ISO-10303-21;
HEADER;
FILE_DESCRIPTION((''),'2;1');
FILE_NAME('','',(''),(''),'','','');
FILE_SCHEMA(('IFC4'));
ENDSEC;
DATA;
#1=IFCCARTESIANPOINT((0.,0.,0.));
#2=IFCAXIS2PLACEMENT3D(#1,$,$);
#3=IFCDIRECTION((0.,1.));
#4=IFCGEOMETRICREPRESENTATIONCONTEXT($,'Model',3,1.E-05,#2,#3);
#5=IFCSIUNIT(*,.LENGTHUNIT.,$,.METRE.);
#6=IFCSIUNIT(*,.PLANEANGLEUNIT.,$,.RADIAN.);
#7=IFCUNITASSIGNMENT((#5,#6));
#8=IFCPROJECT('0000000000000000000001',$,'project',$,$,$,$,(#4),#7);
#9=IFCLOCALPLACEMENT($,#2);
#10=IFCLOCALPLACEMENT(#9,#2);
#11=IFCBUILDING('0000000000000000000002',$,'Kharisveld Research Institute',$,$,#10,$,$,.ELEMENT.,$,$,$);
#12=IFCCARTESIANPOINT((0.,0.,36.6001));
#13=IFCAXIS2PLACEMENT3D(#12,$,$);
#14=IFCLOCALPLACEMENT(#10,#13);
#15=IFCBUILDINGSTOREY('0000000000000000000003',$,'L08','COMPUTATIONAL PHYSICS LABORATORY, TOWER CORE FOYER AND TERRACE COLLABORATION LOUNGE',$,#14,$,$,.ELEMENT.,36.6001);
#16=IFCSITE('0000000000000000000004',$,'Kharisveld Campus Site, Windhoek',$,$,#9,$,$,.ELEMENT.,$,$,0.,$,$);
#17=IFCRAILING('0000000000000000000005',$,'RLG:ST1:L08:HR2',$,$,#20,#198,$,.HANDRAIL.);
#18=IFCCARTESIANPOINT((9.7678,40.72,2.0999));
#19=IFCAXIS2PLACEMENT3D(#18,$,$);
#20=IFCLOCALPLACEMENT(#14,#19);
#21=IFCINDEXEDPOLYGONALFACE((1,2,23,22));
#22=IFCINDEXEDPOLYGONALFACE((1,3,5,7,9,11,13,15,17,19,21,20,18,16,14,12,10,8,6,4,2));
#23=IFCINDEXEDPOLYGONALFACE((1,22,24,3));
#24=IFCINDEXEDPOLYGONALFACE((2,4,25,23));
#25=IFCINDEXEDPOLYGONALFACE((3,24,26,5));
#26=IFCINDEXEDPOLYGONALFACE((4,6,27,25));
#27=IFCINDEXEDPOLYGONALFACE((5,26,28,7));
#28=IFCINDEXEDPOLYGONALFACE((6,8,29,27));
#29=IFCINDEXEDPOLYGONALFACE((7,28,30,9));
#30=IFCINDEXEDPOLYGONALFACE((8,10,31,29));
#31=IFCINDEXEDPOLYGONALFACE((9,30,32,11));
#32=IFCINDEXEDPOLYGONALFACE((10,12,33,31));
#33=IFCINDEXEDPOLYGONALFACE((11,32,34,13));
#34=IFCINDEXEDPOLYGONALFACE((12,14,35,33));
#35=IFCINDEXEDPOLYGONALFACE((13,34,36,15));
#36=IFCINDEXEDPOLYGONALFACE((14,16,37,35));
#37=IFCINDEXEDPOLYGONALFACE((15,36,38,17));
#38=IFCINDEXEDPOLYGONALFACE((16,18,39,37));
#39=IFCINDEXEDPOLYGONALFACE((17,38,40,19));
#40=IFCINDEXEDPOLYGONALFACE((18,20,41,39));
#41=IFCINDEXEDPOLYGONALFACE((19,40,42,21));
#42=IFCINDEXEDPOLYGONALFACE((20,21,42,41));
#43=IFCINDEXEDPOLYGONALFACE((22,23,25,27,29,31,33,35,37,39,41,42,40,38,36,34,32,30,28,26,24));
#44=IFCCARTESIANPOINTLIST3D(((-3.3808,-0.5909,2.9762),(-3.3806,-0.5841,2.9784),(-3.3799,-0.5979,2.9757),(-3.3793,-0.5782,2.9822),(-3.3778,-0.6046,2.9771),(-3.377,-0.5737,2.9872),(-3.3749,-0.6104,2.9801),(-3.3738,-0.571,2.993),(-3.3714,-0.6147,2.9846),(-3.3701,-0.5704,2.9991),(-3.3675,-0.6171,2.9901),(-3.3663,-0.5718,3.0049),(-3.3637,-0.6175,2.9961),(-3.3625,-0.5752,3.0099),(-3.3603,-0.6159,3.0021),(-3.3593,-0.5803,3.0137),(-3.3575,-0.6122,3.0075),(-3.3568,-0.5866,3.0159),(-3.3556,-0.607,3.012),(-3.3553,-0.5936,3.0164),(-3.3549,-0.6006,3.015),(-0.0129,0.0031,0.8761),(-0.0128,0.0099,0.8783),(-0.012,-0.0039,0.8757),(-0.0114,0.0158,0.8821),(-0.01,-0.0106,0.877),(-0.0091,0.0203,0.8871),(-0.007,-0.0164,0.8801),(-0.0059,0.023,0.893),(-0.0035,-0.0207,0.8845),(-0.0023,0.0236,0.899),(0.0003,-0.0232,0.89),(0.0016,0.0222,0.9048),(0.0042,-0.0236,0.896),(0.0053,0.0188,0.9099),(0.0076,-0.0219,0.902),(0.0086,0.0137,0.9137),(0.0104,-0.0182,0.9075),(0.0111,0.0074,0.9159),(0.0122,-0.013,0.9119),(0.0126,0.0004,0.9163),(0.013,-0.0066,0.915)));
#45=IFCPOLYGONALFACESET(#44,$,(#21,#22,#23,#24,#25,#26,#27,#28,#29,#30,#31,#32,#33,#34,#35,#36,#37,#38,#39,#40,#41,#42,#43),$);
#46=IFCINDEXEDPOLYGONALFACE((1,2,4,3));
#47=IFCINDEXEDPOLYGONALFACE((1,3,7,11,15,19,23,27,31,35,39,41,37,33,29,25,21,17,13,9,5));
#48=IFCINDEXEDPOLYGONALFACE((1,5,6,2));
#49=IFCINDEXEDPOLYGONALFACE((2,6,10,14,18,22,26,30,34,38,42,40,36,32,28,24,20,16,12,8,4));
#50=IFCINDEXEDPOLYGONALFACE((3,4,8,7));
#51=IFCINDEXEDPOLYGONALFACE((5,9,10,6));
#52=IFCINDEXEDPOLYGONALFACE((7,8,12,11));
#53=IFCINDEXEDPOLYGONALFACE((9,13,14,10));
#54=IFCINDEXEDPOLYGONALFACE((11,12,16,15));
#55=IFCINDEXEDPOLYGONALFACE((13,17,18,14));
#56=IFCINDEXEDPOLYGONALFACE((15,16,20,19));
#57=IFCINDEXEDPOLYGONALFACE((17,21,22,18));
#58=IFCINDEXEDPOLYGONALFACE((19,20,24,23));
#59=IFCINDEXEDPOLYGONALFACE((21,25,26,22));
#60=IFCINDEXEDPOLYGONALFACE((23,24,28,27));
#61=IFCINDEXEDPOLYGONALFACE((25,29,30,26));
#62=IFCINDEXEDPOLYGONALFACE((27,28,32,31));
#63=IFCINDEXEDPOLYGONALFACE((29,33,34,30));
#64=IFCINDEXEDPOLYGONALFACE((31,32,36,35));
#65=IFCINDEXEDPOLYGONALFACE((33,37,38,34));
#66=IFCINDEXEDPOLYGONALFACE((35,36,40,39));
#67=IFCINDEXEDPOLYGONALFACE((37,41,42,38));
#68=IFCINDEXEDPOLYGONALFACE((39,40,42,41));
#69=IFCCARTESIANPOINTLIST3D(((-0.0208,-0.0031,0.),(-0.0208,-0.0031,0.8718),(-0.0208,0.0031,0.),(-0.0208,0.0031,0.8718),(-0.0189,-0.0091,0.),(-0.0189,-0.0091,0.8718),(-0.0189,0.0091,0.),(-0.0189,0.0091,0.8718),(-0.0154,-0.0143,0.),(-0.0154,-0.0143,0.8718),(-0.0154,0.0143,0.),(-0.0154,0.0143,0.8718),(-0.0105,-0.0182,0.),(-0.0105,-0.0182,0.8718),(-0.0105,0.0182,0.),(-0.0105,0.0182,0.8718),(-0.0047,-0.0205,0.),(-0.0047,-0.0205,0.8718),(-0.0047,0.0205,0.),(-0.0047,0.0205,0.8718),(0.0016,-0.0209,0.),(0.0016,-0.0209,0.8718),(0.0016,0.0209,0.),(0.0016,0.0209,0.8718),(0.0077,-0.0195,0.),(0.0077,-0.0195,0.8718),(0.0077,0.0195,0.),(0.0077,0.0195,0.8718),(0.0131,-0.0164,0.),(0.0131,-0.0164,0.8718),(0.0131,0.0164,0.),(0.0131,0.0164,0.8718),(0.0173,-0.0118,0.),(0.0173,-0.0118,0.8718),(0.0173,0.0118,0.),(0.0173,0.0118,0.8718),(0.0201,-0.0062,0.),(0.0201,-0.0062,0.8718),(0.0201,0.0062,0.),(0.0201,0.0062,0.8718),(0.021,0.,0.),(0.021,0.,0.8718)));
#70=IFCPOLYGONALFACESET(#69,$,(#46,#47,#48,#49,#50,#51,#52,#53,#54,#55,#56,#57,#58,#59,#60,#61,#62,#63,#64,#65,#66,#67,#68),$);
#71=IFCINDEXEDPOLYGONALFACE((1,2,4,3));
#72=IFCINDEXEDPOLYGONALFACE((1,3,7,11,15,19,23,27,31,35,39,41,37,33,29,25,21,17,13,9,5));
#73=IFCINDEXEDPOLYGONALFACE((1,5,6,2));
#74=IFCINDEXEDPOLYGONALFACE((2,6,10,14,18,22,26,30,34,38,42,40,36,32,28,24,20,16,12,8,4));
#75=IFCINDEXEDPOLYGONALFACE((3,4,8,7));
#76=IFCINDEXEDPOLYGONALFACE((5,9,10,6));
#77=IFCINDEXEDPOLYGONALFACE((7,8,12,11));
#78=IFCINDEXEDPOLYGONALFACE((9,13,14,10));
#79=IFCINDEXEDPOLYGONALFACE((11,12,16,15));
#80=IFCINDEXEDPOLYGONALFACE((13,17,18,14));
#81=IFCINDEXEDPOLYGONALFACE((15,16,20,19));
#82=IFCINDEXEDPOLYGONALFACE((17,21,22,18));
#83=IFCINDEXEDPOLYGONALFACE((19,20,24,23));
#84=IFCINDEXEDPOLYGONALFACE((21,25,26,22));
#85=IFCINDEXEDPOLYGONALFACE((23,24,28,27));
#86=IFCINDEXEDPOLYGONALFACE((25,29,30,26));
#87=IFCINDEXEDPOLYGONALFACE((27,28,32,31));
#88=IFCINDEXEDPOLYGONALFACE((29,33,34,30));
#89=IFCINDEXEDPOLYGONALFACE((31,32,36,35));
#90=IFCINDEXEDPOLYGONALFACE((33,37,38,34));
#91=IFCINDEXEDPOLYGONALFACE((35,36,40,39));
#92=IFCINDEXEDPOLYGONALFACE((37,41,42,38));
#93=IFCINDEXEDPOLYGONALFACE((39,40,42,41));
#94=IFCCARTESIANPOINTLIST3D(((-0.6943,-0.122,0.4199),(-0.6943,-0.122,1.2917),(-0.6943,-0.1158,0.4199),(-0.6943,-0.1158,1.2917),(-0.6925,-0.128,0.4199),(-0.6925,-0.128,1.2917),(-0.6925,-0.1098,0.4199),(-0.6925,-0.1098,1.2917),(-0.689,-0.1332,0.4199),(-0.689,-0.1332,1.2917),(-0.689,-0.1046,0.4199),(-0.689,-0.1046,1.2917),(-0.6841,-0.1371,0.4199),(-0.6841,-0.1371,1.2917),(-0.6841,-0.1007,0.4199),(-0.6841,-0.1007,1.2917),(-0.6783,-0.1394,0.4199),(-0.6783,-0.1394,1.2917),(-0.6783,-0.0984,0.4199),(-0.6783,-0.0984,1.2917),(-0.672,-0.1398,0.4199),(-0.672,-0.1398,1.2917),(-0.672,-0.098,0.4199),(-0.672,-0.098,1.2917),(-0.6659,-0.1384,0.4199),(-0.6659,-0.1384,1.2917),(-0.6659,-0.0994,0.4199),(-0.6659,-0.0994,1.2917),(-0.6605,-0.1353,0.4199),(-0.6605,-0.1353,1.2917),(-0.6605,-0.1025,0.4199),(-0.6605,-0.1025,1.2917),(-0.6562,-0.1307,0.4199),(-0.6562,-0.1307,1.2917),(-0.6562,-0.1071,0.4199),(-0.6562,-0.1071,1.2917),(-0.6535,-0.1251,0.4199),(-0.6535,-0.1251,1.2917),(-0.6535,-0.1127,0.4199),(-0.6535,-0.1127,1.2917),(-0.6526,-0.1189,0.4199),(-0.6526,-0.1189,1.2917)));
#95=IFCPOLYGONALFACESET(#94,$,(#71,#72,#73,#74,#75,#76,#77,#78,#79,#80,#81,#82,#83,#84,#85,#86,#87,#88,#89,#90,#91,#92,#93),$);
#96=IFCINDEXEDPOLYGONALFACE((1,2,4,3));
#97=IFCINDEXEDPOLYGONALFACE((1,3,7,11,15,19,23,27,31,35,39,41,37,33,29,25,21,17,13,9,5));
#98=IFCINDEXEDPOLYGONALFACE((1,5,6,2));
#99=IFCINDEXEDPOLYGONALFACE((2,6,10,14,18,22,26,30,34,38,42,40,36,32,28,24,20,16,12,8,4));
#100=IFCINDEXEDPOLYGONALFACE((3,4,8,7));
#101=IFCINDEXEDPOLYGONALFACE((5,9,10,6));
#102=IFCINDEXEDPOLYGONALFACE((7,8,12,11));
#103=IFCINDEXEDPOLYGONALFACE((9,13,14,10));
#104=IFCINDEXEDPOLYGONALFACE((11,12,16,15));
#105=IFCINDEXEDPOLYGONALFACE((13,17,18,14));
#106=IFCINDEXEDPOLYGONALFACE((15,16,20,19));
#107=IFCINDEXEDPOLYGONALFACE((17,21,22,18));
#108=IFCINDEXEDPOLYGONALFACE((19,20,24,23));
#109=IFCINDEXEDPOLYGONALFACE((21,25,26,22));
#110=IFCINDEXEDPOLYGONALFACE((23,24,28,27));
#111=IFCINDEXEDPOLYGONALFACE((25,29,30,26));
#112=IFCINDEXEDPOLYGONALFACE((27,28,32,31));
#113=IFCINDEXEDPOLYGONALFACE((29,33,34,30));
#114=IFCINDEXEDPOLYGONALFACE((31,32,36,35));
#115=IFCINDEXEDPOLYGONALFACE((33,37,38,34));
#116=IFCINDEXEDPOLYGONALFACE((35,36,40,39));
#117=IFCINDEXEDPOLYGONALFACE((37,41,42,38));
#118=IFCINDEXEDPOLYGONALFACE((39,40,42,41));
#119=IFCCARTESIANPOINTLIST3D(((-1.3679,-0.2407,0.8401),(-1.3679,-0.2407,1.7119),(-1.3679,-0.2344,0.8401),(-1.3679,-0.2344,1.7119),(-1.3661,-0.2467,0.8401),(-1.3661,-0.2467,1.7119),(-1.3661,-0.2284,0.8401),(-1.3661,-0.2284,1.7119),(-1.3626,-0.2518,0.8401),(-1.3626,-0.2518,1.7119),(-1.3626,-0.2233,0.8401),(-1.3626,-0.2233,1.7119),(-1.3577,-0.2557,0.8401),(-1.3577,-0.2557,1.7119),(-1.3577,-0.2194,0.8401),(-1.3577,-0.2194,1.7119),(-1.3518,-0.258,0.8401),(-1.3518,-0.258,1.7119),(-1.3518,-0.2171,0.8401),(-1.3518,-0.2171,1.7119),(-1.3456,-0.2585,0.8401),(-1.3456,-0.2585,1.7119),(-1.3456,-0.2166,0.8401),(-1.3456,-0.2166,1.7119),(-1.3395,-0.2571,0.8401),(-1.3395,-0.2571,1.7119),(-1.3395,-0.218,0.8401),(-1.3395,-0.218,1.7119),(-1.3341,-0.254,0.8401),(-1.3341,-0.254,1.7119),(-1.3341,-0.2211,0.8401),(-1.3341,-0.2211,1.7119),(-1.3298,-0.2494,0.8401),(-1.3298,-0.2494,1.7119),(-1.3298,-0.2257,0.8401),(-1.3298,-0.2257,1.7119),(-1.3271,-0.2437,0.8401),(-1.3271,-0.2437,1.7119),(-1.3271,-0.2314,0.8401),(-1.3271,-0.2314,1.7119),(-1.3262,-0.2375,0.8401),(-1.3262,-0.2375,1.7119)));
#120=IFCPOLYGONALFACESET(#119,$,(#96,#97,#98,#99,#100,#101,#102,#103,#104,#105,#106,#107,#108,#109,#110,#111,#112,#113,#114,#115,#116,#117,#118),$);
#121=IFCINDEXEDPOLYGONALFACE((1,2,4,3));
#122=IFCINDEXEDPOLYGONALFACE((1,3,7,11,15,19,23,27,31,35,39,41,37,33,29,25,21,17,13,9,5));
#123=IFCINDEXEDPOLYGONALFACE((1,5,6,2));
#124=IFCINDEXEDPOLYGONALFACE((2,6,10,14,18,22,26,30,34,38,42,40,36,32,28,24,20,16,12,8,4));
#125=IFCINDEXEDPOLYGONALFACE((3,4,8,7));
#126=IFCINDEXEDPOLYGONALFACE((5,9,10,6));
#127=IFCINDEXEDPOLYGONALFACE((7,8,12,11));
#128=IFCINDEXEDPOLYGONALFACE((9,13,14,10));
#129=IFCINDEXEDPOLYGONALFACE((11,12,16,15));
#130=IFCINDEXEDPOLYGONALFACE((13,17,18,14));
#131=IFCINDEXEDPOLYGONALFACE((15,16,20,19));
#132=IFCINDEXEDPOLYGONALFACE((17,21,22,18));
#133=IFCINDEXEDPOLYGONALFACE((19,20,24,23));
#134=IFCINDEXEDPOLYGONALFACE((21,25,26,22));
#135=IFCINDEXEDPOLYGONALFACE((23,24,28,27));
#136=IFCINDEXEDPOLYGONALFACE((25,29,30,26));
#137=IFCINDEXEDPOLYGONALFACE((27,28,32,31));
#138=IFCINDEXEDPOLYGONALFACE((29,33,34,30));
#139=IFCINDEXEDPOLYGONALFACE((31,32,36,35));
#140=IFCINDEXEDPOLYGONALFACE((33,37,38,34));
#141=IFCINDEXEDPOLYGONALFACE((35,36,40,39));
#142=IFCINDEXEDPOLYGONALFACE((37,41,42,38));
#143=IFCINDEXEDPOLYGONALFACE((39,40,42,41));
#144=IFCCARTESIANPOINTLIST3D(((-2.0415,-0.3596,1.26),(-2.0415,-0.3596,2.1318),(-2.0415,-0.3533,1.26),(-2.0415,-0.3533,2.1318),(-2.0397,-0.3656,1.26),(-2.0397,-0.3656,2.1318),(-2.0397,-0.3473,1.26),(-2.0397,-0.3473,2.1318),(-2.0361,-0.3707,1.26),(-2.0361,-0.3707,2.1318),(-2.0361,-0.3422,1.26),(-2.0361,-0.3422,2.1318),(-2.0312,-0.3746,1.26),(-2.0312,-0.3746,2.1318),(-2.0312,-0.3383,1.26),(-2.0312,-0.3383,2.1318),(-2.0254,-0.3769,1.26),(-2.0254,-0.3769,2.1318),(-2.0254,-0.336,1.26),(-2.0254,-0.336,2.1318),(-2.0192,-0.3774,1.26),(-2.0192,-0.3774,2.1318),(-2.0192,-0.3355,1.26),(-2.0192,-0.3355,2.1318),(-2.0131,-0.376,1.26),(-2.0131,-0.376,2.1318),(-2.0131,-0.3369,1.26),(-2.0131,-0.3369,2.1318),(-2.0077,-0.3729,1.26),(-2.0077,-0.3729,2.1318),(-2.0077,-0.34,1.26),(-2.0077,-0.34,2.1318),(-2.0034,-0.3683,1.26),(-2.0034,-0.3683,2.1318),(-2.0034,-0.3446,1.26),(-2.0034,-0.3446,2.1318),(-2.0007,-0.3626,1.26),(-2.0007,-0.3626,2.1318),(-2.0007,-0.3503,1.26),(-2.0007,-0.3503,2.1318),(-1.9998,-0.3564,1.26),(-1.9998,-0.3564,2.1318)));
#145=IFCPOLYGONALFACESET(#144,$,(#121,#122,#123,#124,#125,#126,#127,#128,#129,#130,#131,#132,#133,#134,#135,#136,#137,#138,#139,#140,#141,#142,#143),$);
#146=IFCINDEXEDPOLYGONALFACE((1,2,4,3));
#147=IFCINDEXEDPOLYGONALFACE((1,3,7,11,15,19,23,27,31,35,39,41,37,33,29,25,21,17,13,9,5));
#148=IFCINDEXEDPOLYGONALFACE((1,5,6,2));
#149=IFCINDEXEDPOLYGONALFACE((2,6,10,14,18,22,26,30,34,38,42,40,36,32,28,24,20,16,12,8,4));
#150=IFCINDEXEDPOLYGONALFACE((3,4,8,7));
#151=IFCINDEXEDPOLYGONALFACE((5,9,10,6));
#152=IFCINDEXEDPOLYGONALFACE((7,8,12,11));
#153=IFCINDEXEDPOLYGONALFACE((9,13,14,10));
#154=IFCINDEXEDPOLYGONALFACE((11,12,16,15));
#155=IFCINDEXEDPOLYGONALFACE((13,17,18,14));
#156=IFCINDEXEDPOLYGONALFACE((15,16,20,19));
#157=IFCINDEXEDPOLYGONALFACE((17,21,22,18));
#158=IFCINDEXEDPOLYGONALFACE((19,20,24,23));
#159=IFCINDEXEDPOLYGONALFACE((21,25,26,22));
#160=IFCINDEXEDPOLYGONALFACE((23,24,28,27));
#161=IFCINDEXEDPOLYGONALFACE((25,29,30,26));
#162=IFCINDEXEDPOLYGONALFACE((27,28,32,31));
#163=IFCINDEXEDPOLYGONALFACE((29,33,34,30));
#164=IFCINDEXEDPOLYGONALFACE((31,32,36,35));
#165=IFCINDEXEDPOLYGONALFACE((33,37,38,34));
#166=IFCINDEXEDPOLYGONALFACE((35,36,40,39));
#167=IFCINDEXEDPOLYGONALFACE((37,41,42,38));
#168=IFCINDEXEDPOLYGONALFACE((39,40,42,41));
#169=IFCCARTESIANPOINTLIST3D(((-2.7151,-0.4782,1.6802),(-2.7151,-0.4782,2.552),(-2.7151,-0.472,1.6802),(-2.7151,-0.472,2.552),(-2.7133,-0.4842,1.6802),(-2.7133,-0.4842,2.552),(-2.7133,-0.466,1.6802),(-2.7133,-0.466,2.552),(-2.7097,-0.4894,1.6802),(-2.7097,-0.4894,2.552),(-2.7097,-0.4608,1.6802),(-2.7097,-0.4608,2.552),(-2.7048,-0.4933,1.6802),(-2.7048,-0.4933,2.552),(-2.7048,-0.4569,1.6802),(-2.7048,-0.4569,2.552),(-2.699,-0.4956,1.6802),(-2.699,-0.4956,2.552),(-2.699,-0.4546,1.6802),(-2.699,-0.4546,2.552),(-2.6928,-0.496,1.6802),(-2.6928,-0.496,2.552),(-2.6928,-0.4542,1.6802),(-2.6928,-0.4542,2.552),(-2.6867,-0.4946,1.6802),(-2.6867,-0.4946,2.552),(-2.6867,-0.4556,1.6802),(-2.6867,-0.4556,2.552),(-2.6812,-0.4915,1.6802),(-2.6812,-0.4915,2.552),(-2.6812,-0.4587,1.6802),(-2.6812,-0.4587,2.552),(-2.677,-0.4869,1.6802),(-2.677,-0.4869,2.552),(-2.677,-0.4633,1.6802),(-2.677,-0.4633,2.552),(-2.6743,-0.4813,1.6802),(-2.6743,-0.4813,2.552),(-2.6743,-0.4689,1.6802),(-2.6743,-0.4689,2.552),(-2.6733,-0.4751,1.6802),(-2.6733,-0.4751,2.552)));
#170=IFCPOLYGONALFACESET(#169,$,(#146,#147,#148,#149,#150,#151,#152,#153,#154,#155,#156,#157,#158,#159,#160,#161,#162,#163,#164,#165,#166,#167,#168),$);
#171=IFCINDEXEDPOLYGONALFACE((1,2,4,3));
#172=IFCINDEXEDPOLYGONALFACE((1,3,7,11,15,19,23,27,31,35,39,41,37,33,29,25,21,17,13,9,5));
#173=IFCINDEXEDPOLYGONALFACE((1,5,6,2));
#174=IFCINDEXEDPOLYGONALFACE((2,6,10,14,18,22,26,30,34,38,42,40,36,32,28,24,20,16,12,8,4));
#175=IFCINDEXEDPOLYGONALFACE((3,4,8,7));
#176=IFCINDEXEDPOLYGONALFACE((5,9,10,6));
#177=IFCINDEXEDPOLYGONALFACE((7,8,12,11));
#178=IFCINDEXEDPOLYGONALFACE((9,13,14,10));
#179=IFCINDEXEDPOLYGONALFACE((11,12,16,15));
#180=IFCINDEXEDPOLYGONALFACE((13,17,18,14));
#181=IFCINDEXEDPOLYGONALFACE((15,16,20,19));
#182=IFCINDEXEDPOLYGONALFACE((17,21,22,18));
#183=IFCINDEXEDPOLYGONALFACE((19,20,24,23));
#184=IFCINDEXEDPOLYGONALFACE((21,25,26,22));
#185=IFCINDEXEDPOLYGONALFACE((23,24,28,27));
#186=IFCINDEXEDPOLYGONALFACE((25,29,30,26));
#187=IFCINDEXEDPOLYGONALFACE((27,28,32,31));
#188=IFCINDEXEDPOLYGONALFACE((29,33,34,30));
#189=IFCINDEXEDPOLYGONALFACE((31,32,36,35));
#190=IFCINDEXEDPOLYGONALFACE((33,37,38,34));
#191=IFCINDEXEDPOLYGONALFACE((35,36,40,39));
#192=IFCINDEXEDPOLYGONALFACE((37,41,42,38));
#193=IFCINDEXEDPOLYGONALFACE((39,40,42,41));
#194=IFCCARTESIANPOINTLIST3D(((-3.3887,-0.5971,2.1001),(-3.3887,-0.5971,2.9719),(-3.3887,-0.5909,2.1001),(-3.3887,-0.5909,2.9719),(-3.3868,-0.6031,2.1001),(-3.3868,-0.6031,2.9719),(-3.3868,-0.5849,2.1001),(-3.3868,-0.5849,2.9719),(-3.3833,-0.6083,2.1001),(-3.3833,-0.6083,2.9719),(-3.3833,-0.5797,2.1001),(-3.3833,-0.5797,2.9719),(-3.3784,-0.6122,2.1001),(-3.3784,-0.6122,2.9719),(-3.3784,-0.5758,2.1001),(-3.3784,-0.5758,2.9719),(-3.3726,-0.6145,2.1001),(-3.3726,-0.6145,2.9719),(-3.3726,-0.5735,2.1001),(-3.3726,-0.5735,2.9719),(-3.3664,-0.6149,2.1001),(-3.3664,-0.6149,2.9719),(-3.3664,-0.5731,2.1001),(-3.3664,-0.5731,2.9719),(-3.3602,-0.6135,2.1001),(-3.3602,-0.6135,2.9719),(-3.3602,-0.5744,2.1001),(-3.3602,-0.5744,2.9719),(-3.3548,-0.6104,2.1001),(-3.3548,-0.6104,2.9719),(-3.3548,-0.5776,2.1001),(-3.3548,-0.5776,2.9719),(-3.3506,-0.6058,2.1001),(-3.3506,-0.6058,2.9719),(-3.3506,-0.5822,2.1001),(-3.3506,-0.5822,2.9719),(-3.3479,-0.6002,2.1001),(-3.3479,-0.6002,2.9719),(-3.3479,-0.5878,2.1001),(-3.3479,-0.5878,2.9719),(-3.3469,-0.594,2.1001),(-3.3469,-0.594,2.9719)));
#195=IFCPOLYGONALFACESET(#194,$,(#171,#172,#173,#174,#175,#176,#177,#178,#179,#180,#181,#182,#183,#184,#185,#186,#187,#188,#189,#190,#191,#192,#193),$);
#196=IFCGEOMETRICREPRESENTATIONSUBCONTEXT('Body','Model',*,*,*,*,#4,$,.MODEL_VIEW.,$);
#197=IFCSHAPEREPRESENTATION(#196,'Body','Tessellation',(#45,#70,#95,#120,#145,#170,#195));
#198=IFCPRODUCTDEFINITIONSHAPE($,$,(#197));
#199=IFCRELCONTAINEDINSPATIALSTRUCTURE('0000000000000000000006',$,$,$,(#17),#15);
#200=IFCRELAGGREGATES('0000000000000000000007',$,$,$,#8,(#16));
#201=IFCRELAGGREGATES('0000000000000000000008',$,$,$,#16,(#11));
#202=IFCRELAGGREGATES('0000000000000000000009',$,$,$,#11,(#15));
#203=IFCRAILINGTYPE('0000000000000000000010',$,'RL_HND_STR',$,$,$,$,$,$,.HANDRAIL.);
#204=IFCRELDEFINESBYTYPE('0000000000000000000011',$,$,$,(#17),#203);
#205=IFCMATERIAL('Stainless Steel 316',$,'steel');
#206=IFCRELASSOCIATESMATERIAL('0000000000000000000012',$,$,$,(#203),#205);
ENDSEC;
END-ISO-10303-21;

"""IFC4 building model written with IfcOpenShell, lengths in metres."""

from ifc_helpers import new_model, si_unit, direction, frame, origin, origin_2d, place, context, subcontext, project, spatial, circle, extrude, material, type_object, element, save


model = new_model("IFC4")

# Units and contexts
model_context = context("Model", 3, precision=1e-05, world=origin(), true_north=direction((0.0, 1.0)))
body_context = subcontext(model_context, "Body", "Model", "MODEL_VIEW")
ifc_project = project(units=[si_unit("LENGTHUNIT", "METRE"), si_unit("PLANEANGLEUNIT", "RADIAN")], contexts=[model_context])

# Site, building, storey
site_placement = place(None, origin())
site = spatial("IfcSite", under=ifc_project, at=site_placement, Name="Kharisveld Campus Site, Windhoek", CompositionType="ELEMENT", RefElevation=0.0)
building_placement = place(site_placement, origin())
building = spatial("IfcBuilding", under=site, at=building_placement, Name="Kharisveld Research Institute", CompositionType="ELEMENT")
storey_placement = place(building_placement, frame((0.0, 0.0, 36.6001)))
storey = spatial("IfcBuildingStorey", under=building, at=storey_placement, Name="L08", Description="COMPUTATIONAL PHYSICS LABORATORY, TOWER CORE FOYER AND TERRACE COLLABORATION LOUNGE", CompositionType="ELEMENT", Elevation=36.6001)

# Railing
ifc_material_1 = material(Name="Stainless Steel 316", Category="steel")
railing_type = type_object("IfcRailingType", Name="RL_HND_STR", PredefinedType="HANDRAIL", material=ifc_material_1)
railing_placement = place(storey_placement, frame((9.7678, 40.72, 2.0999)))
element("IfcRailing", 1, at=railing_placement, inside=storey, type_object=railing_type, Name="RLG:ST1:L08:HR2", PredefinedType="HANDRAIL", context=body_context, shape_type="SweptSolid", body=[
    extrude(circle(Radius=0.0239, at=origin_2d()), frame((0.0, 0.0, 0.896), z_axis=(-0.839201, -0.148008, 0.523292), x_axis=(0.173688, -0.984801, 0.0)), (0.0, 0.0, 1.0), 4.0132),
    extrude(circle(Radius=0.021, at=origin_2d()), origin(), (0.0, 0.0, 1.0), 0.8718),
    extrude(circle(Radius=0.021, at=origin_2d()), frame((-0.6736, -0.1189, 0.4199)), (0.0, 0.0, 1.0), 0.8718),
    extrude(circle(Radius=0.021, at=origin_2d()), frame((-1.3472, -0.2375, 0.8401)), (0.0, 0.0, 1.0), 0.8718),
    extrude(circle(Radius=0.021, at=origin_2d()), frame((-2.0208, -0.3564, 1.26)), (0.0, 0.0, 1.0), 0.8718),
    extrude(circle(Radius=0.021, at=origin_2d()), frame((-2.6943, -0.4751, 1.6802)), (0.0, 0.0, 1.0), 0.8718),
    extrude(circle(Radius=0.021, at=origin_2d()), frame((-3.3679, -0.594, 2.1001)), (0.0, 0.0, 1.0), 0.8718),
])

save(model, "model.ifc")
